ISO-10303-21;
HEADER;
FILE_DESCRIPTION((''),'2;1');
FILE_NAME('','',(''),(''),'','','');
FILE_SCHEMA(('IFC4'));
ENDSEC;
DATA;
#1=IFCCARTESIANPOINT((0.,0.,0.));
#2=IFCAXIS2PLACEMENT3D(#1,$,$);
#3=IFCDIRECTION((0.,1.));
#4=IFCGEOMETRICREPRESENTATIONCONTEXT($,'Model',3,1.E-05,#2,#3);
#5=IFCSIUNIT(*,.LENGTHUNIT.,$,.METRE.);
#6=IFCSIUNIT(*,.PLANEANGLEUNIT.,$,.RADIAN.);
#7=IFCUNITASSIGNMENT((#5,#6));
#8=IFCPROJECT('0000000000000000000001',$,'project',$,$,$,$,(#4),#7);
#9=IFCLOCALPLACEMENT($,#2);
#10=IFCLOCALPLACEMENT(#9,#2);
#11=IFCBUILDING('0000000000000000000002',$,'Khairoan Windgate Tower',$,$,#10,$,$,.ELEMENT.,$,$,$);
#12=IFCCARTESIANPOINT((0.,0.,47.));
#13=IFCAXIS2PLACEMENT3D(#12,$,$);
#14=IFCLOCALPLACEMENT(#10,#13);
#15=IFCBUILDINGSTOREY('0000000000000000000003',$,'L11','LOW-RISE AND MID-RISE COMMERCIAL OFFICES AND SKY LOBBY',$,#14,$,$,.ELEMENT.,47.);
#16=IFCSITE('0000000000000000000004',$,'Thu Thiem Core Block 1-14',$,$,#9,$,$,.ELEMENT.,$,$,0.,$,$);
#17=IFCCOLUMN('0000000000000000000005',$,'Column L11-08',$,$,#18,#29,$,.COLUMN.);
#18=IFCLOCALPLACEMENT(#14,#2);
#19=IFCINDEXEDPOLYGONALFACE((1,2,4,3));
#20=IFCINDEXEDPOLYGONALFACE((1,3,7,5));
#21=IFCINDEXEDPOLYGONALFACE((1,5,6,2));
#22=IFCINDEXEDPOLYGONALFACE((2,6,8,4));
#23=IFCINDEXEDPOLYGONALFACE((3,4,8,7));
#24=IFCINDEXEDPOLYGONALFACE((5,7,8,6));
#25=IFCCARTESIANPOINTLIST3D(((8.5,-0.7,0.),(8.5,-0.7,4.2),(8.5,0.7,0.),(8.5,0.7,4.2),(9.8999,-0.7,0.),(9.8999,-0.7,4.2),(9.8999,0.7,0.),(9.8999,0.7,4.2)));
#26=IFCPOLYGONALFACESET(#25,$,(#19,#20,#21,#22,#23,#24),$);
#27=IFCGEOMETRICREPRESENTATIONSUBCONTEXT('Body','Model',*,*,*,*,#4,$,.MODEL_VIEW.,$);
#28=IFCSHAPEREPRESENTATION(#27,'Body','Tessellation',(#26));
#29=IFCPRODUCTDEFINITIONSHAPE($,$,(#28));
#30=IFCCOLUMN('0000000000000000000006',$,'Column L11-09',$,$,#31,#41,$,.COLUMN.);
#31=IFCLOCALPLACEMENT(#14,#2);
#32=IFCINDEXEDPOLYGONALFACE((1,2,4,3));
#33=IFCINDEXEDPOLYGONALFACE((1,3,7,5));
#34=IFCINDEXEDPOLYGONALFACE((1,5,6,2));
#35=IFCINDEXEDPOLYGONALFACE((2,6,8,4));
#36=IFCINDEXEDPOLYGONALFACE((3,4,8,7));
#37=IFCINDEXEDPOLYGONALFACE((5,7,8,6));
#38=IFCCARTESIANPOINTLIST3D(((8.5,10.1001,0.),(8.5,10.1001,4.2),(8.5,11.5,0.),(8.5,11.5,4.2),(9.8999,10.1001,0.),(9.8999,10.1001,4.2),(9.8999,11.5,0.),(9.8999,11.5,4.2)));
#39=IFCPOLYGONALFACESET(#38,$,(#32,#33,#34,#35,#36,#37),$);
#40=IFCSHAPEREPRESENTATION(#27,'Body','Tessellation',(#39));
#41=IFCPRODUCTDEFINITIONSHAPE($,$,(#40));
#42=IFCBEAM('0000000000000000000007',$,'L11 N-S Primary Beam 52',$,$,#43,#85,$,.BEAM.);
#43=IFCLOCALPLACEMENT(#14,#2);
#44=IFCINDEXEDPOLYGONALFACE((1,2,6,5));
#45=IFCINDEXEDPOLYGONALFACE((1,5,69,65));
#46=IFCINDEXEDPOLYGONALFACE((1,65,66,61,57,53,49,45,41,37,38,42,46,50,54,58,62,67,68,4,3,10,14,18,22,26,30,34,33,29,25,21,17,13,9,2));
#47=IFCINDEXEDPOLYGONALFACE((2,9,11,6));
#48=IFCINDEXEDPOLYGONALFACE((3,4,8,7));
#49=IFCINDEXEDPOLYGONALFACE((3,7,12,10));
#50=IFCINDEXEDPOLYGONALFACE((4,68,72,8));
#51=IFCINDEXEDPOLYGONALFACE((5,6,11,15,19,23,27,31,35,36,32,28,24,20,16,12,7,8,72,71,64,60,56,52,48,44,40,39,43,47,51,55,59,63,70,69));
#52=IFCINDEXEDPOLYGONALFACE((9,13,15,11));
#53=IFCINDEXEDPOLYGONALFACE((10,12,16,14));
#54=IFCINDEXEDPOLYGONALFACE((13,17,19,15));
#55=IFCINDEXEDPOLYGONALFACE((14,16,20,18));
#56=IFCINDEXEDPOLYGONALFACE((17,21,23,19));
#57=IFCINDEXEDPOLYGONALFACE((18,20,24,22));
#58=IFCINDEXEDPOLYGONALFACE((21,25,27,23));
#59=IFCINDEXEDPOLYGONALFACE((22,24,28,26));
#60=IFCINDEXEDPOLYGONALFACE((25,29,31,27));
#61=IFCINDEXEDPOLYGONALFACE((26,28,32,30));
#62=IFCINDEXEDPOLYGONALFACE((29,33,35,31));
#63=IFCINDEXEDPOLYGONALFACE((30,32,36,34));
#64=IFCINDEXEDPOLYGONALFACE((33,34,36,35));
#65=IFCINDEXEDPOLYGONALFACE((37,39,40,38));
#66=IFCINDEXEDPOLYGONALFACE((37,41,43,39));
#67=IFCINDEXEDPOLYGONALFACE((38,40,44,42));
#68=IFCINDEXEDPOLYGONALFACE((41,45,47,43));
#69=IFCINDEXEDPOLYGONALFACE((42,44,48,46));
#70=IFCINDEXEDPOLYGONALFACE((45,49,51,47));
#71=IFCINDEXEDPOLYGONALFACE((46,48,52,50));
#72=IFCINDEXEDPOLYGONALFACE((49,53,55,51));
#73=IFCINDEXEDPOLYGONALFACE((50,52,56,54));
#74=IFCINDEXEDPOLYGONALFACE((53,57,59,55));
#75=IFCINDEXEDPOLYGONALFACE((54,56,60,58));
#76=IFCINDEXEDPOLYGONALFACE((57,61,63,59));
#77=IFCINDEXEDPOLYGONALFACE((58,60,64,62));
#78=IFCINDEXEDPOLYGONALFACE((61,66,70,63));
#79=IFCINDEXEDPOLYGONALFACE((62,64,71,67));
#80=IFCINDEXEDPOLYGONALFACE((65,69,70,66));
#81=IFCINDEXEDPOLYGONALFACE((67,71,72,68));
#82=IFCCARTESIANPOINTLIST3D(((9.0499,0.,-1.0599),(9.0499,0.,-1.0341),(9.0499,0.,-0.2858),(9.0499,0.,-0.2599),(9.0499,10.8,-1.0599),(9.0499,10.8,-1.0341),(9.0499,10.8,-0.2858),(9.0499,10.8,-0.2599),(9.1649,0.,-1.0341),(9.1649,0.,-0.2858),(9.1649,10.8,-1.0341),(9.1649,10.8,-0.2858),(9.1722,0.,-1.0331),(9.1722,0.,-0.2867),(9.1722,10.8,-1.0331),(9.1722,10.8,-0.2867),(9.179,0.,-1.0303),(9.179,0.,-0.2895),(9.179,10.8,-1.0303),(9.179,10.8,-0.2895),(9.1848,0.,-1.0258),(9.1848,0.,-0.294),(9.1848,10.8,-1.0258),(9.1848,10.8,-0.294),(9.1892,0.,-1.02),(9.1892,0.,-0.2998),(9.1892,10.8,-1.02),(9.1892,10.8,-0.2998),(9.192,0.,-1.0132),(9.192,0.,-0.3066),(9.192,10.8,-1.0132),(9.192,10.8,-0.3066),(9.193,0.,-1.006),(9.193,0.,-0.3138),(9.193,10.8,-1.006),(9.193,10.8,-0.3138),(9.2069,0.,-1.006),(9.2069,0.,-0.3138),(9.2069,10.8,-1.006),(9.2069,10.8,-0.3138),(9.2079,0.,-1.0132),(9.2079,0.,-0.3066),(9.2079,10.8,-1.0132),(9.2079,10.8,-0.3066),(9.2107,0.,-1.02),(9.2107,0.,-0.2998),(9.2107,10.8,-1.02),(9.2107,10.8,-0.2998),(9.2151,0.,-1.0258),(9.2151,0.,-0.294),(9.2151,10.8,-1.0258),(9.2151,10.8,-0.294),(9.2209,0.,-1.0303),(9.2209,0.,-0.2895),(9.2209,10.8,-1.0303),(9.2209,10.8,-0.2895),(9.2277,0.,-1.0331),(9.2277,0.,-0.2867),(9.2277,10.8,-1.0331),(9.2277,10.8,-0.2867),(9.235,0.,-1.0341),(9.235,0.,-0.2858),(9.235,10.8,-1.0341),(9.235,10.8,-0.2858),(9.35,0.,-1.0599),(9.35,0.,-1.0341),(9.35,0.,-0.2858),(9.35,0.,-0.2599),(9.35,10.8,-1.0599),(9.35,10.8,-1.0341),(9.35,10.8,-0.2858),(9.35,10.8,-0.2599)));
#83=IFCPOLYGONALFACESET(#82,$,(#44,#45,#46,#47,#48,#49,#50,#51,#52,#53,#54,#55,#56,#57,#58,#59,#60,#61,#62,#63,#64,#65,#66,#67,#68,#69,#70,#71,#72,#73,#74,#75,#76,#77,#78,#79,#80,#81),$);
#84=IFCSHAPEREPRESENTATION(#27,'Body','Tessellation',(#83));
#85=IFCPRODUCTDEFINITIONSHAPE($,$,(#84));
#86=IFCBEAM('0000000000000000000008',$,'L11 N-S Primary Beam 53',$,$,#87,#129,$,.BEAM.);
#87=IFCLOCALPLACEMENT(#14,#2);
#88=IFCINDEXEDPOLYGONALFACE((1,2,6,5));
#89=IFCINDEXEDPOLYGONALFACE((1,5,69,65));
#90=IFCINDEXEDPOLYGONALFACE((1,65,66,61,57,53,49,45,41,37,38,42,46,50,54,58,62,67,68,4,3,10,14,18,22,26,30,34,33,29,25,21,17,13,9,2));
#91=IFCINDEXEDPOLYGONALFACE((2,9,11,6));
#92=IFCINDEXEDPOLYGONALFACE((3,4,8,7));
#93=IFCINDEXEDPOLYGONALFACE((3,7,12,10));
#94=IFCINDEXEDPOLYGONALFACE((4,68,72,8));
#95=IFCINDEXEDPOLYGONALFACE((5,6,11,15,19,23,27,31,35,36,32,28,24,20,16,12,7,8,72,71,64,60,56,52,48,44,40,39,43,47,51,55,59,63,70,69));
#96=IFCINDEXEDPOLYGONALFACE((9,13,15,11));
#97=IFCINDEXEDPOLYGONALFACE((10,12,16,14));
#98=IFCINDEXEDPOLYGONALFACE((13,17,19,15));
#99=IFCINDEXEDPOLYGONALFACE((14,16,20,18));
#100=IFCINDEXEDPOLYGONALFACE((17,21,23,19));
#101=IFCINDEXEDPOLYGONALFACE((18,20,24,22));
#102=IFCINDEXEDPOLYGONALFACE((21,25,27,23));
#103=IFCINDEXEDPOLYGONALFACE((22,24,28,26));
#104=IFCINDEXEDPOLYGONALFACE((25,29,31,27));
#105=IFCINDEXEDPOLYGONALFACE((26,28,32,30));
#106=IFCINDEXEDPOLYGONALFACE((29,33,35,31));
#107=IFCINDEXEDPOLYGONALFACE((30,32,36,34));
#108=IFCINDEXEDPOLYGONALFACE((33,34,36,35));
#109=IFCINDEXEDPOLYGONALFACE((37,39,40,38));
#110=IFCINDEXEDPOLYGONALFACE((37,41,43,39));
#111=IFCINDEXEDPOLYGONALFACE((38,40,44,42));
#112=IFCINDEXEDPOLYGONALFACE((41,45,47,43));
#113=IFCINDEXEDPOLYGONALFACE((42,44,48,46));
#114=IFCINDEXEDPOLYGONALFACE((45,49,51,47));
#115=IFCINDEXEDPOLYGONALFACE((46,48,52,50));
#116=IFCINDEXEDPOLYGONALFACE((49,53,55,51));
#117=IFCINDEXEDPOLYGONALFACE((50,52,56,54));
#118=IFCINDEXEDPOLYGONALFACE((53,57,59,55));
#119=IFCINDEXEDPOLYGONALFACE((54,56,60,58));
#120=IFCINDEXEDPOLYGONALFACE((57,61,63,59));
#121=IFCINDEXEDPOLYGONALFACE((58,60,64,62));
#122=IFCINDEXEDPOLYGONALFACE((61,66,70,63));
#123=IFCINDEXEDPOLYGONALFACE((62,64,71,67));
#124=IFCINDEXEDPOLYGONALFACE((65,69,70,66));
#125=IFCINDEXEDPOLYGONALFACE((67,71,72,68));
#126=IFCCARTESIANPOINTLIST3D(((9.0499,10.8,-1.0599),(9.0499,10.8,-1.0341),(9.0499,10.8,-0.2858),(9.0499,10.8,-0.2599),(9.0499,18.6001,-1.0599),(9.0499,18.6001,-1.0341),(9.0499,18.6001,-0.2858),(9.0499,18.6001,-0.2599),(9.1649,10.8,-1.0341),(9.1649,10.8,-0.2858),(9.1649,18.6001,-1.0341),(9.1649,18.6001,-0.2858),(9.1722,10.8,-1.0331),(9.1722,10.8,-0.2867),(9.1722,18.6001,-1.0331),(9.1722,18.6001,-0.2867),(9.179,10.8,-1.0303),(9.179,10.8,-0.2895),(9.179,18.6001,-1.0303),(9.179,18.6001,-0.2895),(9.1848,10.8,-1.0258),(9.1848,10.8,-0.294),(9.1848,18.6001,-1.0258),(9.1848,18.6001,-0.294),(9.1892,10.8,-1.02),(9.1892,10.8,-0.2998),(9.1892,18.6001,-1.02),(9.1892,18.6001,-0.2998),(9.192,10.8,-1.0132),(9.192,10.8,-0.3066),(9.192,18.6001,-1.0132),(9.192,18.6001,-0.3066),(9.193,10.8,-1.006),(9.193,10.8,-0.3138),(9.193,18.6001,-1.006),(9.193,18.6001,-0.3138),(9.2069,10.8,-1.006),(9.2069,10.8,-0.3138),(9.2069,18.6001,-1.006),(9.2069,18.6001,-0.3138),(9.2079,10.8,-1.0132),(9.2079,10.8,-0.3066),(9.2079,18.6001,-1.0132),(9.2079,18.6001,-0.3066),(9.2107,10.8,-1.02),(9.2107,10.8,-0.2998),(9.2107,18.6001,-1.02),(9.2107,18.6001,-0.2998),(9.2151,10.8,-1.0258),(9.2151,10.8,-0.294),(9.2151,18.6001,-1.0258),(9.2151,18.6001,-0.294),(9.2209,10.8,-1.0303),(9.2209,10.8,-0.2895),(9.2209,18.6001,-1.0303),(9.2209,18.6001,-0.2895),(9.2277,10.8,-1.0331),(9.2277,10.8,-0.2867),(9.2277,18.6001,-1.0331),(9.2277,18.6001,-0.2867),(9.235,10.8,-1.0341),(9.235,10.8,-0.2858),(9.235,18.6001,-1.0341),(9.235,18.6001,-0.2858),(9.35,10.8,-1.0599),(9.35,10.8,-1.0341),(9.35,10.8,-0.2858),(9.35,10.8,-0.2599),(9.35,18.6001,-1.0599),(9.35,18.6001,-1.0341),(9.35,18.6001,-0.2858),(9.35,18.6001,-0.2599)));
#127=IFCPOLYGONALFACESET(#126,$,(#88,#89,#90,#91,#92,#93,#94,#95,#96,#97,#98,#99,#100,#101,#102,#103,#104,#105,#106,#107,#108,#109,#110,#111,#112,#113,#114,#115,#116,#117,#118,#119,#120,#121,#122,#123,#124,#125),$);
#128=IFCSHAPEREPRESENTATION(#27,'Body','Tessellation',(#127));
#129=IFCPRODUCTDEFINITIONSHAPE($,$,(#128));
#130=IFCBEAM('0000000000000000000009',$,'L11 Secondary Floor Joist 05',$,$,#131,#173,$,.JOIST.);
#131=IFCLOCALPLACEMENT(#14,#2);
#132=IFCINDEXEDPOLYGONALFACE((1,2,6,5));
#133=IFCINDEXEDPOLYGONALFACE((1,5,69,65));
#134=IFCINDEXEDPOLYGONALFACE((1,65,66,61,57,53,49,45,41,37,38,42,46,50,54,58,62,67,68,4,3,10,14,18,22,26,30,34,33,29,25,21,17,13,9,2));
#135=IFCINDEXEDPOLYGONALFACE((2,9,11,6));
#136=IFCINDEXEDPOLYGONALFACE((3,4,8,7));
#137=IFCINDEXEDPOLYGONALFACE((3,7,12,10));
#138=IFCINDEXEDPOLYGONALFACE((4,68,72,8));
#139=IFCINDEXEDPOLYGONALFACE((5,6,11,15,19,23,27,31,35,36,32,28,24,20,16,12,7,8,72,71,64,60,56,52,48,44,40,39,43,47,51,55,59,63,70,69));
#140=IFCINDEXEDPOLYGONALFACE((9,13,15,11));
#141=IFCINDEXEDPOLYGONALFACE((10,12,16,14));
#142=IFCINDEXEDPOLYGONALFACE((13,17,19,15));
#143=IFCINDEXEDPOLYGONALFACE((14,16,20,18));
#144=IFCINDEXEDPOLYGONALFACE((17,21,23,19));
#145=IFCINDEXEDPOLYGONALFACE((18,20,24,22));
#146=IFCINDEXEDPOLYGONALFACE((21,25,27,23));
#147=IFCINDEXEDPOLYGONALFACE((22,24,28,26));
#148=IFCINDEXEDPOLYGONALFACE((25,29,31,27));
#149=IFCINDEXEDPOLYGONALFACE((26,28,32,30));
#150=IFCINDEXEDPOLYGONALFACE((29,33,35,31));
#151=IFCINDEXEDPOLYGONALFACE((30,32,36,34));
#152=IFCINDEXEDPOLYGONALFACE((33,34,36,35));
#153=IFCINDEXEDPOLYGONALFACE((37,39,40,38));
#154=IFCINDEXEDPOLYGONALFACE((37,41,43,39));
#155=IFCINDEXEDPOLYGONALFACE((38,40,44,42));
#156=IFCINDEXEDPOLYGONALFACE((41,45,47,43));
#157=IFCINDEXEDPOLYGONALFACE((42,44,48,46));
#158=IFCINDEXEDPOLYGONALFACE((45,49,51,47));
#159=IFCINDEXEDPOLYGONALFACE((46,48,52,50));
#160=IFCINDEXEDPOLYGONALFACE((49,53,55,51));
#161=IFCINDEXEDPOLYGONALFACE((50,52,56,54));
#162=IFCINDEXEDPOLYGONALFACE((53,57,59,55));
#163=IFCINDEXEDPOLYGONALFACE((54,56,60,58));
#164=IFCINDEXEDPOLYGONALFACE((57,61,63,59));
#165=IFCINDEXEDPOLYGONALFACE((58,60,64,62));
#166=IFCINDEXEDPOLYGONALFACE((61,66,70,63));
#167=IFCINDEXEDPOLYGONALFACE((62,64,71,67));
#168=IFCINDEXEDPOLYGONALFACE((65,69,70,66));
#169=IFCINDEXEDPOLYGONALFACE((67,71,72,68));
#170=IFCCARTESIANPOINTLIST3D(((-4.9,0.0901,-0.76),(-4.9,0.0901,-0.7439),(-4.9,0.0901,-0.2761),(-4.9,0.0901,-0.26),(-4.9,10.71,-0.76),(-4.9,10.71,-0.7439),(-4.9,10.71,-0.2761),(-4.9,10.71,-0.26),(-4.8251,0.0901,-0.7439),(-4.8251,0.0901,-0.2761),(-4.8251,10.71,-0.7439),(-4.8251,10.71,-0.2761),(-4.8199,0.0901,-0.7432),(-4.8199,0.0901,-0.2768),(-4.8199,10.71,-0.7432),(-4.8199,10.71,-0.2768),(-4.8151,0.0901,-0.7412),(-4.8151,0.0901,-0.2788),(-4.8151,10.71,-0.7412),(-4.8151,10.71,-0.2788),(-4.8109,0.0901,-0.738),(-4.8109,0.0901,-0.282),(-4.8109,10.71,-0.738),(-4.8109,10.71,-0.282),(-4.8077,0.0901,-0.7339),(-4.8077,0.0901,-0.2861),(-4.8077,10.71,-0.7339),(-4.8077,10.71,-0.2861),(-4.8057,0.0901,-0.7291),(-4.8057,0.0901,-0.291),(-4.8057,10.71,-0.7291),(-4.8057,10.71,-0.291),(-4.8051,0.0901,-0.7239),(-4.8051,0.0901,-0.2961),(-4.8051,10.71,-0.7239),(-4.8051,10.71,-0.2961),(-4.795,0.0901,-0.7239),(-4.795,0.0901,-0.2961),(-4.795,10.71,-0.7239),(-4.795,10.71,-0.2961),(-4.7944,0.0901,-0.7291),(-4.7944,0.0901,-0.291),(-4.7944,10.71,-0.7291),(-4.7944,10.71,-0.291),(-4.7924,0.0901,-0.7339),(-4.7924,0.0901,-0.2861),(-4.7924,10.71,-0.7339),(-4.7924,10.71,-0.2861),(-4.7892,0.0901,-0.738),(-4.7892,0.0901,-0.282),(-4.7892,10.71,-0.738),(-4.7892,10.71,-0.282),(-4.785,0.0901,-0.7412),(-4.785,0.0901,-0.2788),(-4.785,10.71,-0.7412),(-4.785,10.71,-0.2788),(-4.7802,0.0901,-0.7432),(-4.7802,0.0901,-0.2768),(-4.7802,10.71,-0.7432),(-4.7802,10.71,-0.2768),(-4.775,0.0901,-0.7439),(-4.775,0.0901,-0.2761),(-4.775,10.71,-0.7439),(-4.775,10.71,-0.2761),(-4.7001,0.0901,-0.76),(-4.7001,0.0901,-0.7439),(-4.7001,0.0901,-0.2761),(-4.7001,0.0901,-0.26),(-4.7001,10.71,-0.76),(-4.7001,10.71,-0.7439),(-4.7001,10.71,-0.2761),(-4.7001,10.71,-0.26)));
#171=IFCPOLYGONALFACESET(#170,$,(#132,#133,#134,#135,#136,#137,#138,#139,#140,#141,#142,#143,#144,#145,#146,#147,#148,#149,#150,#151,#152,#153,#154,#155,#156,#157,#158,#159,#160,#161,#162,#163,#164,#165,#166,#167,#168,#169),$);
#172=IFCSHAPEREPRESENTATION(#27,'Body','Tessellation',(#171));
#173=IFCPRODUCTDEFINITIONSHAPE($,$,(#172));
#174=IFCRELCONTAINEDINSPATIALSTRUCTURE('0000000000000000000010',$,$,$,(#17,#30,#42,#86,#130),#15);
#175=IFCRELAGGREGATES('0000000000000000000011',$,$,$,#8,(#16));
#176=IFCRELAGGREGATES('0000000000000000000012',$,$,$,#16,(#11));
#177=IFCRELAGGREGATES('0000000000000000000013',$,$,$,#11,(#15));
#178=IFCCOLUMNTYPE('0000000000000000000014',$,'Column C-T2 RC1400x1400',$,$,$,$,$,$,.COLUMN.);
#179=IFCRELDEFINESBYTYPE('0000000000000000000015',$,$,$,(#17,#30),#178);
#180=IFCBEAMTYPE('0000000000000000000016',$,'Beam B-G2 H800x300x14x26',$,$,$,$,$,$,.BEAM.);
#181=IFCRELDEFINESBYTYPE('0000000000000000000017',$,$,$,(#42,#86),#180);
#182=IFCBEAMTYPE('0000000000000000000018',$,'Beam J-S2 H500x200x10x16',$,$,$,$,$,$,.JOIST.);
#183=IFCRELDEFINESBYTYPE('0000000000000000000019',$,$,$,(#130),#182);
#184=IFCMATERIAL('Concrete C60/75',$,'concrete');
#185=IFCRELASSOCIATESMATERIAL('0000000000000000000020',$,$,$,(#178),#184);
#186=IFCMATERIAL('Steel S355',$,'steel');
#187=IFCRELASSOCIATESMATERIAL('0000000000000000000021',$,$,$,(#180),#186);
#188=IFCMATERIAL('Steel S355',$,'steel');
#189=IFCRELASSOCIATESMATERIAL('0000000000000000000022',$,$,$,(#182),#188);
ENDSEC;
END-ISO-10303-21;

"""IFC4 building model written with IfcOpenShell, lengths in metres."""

from ifc_helpers import new_model, si_unit, direction, frame, origin, origin_2d, place, context, subcontext, project, spatial, rectangle, i_section, extrude, material, material_profile, profile_set, type_object, element, save


model = new_model("IFC4")

# Units and contexts
model_context = context("Model", 3, precision=1e-05, world=origin(), true_north=direction((0.0, 1.0)))
body_context = subcontext(model_context, "Body", "Model", "MODEL_VIEW")
ifc_project = project(units=[si_unit("LENGTHUNIT", "METRE"), si_unit("PLANEANGLEUNIT", "RADIAN")], contexts=[model_context])

# Site, building, storey
site_placement = place(None, origin())
site = spatial("IfcSite", under=ifc_project, at=site_placement, Name="Thu Thiem Core Block 1-14", CompositionType="ELEMENT", RefElevation=0.0)
building_placement = place(site_placement, origin())
building = spatial("IfcBuilding", under=site, at=building_placement, Name="Khairoan Windgate Tower", CompositionType="ELEMENT")
storey_placement = place(building_placement, frame((0.0, 0.0, 47.0)))
storey = spatial("IfcBuildingStorey", under=building, at=storey_placement, Name="L11", Description="LOW-RISE AND MID-RISE COMMERCIAL OFFICES AND SKY LOBBY", CompositionType="ELEMENT", Elevation=47.0)

# Columns
ifc_material_1 = material(Name="Concrete C60/75", Category="concrete")
ifc_material_profile_1 = material_profile(ifc_material_1, rectangle(XDim=1.3999, YDim=1.3999, at=origin_2d()))
ifc_profile_set_1 = profile_set([ifc_material_profile_1], Name="Concrete C60/75")
column_type = type_object("IfcColumnType", Name="Column C-T2 RC1400x1400", PredefinedType="COLUMN", material=ifc_profile_set_1)
for number, where, z_axis, x_axis, name in (
    (1, (9.2, 0.0, 0.0), (0.0, 0.0, 1.0), (1.0, 0.0, 0.0), "Column L11-08"),
    (2, (9.2, 10.8, 0.0), (0.0, 0.0, 1.0), (1.0, 0.0, 0.0), "Column L11-09"),
):
    element("IfcColumn", number, at=place(storey_placement, frame(where, z_axis=z_axis, x_axis=x_axis)), inside=storey, type_object=column_type, Name=name, PredefinedType="COLUMN", context=body_context, shape_type="SweptSolid", body=[
        extrude(rectangle(XDim=1.3999, YDim=1.3999, at=origin_2d()), origin(), (0.0, 0.0, 1.0), 4.2),
    ])

# Beams
ifc_material_2 = material(Name="Steel S355", Category="steel")
ifc_material_profile_2 = material_profile(ifc_material_2, i_section(OverallWidth=0.3, OverallDepth=0.8, WebThickness=0.0139, FlangeThickness=0.0259, FilletRadius=0.0281, at=origin_2d()))
ifc_profile_set_2 = profile_set([ifc_material_profile_2], Name="Steel S355")
beam_type_1 = type_object("IfcBeamType", Name="Beam B-G2 H800x300x14x26", PredefinedType="BEAM", material=ifc_profile_set_2)
beam_1_placement = place(storey_placement, frame((9.2, 0.0, -0.6599), z_axis=(0.0, 1.0, 0.0), x_axis=(-1.0, 0.0, 0.0)))
element("IfcBeam", 3, at=beam_1_placement, inside=storey, type_object=beam_type_1, Name="L11 N-S Primary Beam 52", PredefinedType="BEAM", context=body_context, shape_type="SweptSolid", body=[
    extrude(i_section(OverallWidth=0.3, OverallDepth=0.8, WebThickness=0.0139, FlangeThickness=0.0259, FilletRadius=0.0281, at=origin_2d()), origin(), (0.0, 0.0, 1.0), 10.8),
])
beam_2_placement = place(storey_placement, frame((9.2, 10.8, -0.6599), z_axis=(0.0, 1.0, 0.0), x_axis=(-1.0, 0.0, 0.0)))
element("IfcBeam", 4, at=beam_2_placement, inside=storey, type_object=beam_type_1, Name="L11 N-S Primary Beam 53", PredefinedType="BEAM", context=body_context, shape_type="SweptSolid", body=[
    extrude(i_section(OverallWidth=0.3, OverallDepth=0.8, WebThickness=0.0139, FlangeThickness=0.0259, FilletRadius=0.0281, at=origin_2d()), origin(), (0.0, 0.0, 1.0), 7.8),
])
ifc_material_3 = material(Name="Steel S355", Category="steel")
ifc_material_profile_3 = material_profile(ifc_material_3, i_section(OverallWidth=0.2, OverallDepth=0.5, WebThickness=0.01, FlangeThickness=0.0161, FilletRadius=0.02, at=origin_2d()))
ifc_profile_set_3 = profile_set([ifc_material_profile_3], Name="Steel S355")
beam_type_2 = type_object("IfcBeamType", Name="Beam J-S2 H500x200x10x16", PredefinedType="JOIST", material=ifc_profile_set_3)
for number, where, z_axis, x_axis, name in (
    (5, (-4.8, 0.0901, -0.51), (0.0, 1.0, 0.0), (-1.0, 0.0, 0.0), "L11 Secondary Floor Joist 05"),
):
    element("IfcBeam", number, at=place(storey_placement, frame(where, z_axis=z_axis, x_axis=x_axis)), inside=storey, type_object=beam_type_2, Name=name, PredefinedType="JOIST", context=body_context, shape_type="SweptSolid", body=[
        extrude(i_section(OverallWidth=0.2, OverallDepth=0.5, WebThickness=0.01, FlangeThickness=0.0161, FilletRadius=0.02, at=origin_2d()), origin(), (0.0, 0.0, 1.0), 10.6199),
    ])

save(model, "model.ifc")
